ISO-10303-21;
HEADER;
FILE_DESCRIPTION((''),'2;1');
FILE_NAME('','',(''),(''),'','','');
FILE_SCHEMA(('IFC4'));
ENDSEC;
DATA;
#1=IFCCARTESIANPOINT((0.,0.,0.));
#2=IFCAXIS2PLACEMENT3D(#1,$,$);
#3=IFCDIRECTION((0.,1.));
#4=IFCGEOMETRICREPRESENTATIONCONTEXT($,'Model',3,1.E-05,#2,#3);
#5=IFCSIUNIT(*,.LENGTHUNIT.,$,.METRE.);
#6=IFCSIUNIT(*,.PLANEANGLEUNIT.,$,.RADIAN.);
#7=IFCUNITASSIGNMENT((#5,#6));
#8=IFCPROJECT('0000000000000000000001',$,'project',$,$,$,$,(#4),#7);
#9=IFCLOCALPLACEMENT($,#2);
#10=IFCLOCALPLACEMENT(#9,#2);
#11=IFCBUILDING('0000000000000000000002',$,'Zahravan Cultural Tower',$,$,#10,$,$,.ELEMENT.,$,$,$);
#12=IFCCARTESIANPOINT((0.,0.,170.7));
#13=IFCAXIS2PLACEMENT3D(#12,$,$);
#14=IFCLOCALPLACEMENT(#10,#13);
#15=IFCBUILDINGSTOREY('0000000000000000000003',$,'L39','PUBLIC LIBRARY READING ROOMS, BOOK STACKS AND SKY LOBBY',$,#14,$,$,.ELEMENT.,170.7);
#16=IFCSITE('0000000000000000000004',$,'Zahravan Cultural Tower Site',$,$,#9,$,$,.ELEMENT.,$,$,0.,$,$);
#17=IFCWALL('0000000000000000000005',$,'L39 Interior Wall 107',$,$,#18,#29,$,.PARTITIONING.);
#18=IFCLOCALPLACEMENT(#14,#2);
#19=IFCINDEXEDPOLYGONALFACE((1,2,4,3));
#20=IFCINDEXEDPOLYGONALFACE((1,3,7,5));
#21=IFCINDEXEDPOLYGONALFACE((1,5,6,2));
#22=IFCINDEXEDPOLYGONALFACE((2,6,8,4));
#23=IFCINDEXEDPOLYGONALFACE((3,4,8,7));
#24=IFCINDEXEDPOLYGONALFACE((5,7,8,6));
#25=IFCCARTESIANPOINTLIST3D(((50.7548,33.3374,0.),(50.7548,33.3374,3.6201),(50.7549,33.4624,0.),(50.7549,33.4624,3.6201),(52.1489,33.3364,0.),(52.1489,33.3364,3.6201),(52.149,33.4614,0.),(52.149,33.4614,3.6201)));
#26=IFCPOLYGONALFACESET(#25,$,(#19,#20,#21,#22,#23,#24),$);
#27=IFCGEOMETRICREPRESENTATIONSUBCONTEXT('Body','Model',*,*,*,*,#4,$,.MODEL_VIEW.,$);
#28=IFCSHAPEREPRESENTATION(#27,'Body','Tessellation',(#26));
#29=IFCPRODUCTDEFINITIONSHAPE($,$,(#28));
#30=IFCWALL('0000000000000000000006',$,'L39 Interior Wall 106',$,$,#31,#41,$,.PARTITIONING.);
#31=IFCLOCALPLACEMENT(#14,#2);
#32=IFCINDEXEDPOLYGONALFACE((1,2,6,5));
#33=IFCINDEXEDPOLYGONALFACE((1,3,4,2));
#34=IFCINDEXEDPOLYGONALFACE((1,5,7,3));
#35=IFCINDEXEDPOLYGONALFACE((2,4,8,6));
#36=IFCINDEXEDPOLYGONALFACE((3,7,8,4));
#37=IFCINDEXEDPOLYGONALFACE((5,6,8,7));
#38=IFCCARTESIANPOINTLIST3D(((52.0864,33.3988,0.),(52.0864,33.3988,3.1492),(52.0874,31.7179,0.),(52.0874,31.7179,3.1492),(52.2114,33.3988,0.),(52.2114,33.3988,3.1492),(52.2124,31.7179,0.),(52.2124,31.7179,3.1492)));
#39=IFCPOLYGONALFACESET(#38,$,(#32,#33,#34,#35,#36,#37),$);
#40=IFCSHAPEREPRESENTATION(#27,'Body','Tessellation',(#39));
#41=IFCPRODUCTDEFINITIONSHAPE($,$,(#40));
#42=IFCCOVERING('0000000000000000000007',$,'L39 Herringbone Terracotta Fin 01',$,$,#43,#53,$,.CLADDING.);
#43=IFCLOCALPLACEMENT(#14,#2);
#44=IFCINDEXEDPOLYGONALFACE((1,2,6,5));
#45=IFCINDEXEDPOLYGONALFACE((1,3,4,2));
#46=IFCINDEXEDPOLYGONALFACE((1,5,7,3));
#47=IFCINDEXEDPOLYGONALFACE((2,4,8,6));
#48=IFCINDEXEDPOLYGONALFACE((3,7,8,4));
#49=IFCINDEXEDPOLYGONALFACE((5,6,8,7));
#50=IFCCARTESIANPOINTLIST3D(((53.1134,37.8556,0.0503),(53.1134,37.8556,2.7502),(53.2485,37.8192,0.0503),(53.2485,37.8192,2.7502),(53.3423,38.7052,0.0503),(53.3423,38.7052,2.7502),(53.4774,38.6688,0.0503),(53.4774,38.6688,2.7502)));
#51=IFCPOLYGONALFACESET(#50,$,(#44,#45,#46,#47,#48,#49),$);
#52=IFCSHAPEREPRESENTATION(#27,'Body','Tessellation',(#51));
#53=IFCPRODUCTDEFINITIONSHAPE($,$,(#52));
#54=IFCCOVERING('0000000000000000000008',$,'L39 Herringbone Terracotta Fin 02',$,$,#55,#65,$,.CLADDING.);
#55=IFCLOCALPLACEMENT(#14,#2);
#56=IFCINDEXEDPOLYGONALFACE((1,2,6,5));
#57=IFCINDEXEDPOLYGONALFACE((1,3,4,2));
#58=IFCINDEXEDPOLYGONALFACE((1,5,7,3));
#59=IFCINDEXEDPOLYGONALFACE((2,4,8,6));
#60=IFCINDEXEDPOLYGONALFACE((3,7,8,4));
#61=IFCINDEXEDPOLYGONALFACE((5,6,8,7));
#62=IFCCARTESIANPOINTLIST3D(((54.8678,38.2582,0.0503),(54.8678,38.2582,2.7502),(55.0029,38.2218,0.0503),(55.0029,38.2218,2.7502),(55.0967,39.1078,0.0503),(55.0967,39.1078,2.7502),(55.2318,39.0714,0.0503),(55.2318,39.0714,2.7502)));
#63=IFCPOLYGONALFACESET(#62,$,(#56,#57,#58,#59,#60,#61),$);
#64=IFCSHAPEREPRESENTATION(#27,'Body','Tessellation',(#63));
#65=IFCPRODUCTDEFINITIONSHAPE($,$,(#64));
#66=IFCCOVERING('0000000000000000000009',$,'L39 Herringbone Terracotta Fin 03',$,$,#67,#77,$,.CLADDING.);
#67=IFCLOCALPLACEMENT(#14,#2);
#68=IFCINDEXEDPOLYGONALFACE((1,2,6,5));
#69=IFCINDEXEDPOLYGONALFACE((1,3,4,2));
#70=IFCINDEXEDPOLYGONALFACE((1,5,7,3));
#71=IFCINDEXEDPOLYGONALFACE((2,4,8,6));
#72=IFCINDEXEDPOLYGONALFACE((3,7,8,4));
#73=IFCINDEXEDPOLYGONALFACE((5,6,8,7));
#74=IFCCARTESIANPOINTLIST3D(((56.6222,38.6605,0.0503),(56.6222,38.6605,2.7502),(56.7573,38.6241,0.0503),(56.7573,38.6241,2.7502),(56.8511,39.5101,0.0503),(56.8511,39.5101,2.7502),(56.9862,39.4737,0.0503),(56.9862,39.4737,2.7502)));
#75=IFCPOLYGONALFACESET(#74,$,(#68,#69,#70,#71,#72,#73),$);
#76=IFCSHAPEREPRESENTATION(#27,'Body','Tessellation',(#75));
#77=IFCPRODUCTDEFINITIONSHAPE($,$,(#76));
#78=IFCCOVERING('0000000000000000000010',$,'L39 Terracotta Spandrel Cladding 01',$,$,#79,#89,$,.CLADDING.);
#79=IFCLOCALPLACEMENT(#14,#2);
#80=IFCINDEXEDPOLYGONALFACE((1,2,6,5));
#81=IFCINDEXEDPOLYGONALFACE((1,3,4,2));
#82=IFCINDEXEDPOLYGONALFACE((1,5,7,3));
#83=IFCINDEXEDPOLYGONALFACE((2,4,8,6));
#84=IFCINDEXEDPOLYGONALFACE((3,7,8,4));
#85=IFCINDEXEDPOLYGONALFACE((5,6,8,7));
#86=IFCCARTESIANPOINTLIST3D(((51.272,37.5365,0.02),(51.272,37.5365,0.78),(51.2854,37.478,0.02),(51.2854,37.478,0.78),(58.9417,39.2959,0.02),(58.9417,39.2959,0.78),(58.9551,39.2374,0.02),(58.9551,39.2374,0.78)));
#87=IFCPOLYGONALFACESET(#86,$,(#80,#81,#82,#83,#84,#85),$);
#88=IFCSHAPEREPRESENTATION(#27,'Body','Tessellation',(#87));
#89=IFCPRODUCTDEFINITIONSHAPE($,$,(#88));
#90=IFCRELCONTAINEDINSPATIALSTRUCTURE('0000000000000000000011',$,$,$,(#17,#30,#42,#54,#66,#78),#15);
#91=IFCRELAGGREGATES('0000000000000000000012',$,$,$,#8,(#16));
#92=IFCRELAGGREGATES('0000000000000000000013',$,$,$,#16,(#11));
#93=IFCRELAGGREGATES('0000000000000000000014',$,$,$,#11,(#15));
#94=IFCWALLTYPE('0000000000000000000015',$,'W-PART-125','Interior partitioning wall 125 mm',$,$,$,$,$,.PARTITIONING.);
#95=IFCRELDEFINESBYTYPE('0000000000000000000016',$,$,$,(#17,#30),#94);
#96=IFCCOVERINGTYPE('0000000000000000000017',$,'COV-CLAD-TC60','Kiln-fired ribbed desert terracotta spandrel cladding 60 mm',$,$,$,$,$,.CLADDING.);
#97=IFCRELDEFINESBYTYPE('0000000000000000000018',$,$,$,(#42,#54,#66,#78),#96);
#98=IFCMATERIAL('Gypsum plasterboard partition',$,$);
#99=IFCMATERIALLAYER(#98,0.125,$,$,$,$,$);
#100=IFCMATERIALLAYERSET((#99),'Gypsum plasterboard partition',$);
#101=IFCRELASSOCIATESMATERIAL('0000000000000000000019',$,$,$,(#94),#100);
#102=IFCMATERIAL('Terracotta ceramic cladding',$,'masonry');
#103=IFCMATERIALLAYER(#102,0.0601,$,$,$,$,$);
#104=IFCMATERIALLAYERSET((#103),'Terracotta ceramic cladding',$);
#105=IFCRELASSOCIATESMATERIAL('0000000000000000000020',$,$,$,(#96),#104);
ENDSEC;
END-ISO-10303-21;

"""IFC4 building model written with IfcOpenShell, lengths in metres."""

from ifc_helpers import new_model, si_unit, direction, frame, frame_2d, origin, origin_2d, place, context, subcontext, project, spatial, rectangle, extrude, source, transform, mapped, material, layer, layer_set, type_object, element, save


model = new_model("IFC4")

# Units and contexts
model_context = context("Model", 3, precision=1e-05, world=origin(), true_north=direction((0.0, 1.0)))
body_context = subcontext(model_context, "Body", "Model", "MODEL_VIEW")
ifc_project = project(units=[si_unit("LENGTHUNIT", "METRE"), si_unit("PLANEANGLEUNIT", "RADIAN")], contexts=[model_context])

# Site, building, storey
site_placement = place(None, origin())
site = spatial("IfcSite", under=ifc_project, at=site_placement, Name="Zahravan Cultural Tower Site", CompositionType="ELEMENT", RefElevation=0.0)
building_placement = place(site_placement, origin())
building = spatial("IfcBuilding", under=site, at=building_placement, Name="Zahravan Cultural Tower", CompositionType="ELEMENT")
storey_placement = place(building_placement, frame((0.0, 0.0, 170.7)))
storey = spatial("IfcBuildingStorey", under=building, at=storey_placement, Name="L39", Description="PUBLIC LIBRARY READING ROOMS, BOOK STACKS AND SKY LOBBY", CompositionType="ELEMENT", Elevation=170.7)

# Shared definitions
ifc_material_1 = material(Name="Gypsum plasterboard partition")
ifc_layer_1 = layer(ifc_material_1, 0.125)
ifc_layer_set_1 = layer_set([ifc_layer_1], Name="Gypsum plasterboard partition")
wall_type_1 = type_object("IfcWallType", Name="W-PART-125", Description="Interior partitioning wall 125 mm", PredefinedType="PARTITIONING", material=ifc_layer_set_1)

# Walls
shared_shape_1 = source(origin(), body_context, "Body", "SweptSolid", [
    extrude(rectangle(XDim=1.394, YDim=0.125, at=frame_2d((0.697, 0.0))), origin(), (0.0, 0.0, 1.0), 3.6201),
])
wall_1_placement = place(storey_placement, frame((52.1489, 33.3989, 0.0), z_axis=(0.0, 0.0, 1.0), x_axis=(-1.0, 0.000701, 0.0)))
element("IfcWall", 1, at=wall_1_placement, inside=storey, type_object=wall_type_1, Name="L39 Interior Wall 107", PredefinedType="PARTITIONING", context=body_context, shape_type="MappedRepresentation", body=[
    mapped(shared_shape_1, transform((0.0, 0.0, 0.0), x_axis=(1.0, 0.0, 0.0), y_axis=(0.0, 1.0, 0.0), z_axis=(0.0, 0.0, 1.0), scale=1.0)),
])
shared_shape_2 = source(origin(), body_context, "Body", "SweptSolid", [
    extrude(rectangle(XDim=1.6809, YDim=0.125, at=frame_2d((0.8403, 0.0))), origin(), (0.0, 0.0, 1.0), 3.1492),
])
wall_2_placement = place(storey_placement, frame((52.1499, 31.718, 0.0), z_axis=(0.0, 0.0, 1.0), x_axis=(-0.000581, 1.0, 0.0)))
element("IfcWall", 2, at=wall_2_placement, inside=storey, type_object=wall_type_1, Name="L39 Interior Wall 106", PredefinedType="PARTITIONING", context=body_context, shape_type="MappedRepresentation", body=[
    mapped(shared_shape_2, transform((0.0, 0.0, 0.0), x_axis=(1.0, 0.0, 0.0), y_axis=(0.0, 1.0, 0.0), z_axis=(0.0, 0.0, 1.0), scale=1.0)),
])

# Coverings
ifc_material_2 = material(Name="Terracotta ceramic cladding", Category="masonry")
ifc_layer_2 = layer(ifc_material_2, 0.0601)
ifc_layer_set_2 = layer_set([ifc_layer_2], Name="Terracotta ceramic cladding")
covering_type = type_object("IfcCoveringType", Name="COV-CLAD-TC60", Description="Kiln-fired ribbed desert terracotta spandrel cladding 60 mm", PredefinedType="CLADDING", material=ifc_layer_set_2)
shared_shape_3 = source(origin(), body_context, "Body", "SweptSolid", [
    extrude(rectangle(XDim=0.8799, YDim=0.1399, at=origin_2d()), origin(), (0.0, 0.0, 1.0), 2.7),
])
for number, where, z_axis, x_axis, name in (
    (3, (53.2954, 38.2622, 0.0503), (0.0, 0.0, 1.0), (0.260167, 0.965564, 0.0), "L39 Herringbone Terracotta Fin 01"),
    (4, (55.0498, 38.6648, 0.0503), (0.0, 0.0, 1.0), (0.260167, 0.965564, 0.0), "L39 Herringbone Terracotta Fin 02"),
    (5, (56.8042, 39.0671, 0.0503), (0.0, 0.0, 1.0), (0.260167, 0.965564, 0.0), "L39 Herringbone Terracotta Fin 03"),
):
    element("IfcCovering", number, at=place(storey_placement, frame(where, z_axis=z_axis, x_axis=x_axis)), inside=storey, type_object=covering_type, Name=name, PredefinedType="CLADDING", context=body_context, shape_type="MappedRepresentation", body=[
        mapped(shared_shape_3, transform((0.0, 0.0, 0.0), x_axis=(1.0, 0.0, 0.0), y_axis=(0.0, 1.0, 0.0), z_axis=(0.0, 0.0, 1.0), scale=1.0)),
    ])
shared_shape_4 = source(origin(), body_context, "Body", "SweptSolid", [
    extrude(rectangle(XDim=7.8689, YDim=0.0601, at=origin_2d()), origin(), (0.0, 0.0, 1.0), 0.76),
])
covering_placement = place(storey_placement, frame((55.1135, 38.387, 0.02), z_axis=(0.0, 0.0, 1.0), x_axis=(0.974683, 0.22359, 0.0)))
element("IfcCovering", 6, at=covering_placement, inside=storey, type_object=covering_type, Name="L39 Terracotta Spandrel Cladding 01", PredefinedType="CLADDING", context=body_context, shape_type="MappedRepresentation", body=[
    mapped(shared_shape_4, transform((0.0, 0.0, 0.0), x_axis=(1.0, 0.0, 0.0), y_axis=(0.0, 1.0, 0.0), z_axis=(0.0, 0.0, 1.0), scale=1.0)),
])

save(model, "model.ifc")
